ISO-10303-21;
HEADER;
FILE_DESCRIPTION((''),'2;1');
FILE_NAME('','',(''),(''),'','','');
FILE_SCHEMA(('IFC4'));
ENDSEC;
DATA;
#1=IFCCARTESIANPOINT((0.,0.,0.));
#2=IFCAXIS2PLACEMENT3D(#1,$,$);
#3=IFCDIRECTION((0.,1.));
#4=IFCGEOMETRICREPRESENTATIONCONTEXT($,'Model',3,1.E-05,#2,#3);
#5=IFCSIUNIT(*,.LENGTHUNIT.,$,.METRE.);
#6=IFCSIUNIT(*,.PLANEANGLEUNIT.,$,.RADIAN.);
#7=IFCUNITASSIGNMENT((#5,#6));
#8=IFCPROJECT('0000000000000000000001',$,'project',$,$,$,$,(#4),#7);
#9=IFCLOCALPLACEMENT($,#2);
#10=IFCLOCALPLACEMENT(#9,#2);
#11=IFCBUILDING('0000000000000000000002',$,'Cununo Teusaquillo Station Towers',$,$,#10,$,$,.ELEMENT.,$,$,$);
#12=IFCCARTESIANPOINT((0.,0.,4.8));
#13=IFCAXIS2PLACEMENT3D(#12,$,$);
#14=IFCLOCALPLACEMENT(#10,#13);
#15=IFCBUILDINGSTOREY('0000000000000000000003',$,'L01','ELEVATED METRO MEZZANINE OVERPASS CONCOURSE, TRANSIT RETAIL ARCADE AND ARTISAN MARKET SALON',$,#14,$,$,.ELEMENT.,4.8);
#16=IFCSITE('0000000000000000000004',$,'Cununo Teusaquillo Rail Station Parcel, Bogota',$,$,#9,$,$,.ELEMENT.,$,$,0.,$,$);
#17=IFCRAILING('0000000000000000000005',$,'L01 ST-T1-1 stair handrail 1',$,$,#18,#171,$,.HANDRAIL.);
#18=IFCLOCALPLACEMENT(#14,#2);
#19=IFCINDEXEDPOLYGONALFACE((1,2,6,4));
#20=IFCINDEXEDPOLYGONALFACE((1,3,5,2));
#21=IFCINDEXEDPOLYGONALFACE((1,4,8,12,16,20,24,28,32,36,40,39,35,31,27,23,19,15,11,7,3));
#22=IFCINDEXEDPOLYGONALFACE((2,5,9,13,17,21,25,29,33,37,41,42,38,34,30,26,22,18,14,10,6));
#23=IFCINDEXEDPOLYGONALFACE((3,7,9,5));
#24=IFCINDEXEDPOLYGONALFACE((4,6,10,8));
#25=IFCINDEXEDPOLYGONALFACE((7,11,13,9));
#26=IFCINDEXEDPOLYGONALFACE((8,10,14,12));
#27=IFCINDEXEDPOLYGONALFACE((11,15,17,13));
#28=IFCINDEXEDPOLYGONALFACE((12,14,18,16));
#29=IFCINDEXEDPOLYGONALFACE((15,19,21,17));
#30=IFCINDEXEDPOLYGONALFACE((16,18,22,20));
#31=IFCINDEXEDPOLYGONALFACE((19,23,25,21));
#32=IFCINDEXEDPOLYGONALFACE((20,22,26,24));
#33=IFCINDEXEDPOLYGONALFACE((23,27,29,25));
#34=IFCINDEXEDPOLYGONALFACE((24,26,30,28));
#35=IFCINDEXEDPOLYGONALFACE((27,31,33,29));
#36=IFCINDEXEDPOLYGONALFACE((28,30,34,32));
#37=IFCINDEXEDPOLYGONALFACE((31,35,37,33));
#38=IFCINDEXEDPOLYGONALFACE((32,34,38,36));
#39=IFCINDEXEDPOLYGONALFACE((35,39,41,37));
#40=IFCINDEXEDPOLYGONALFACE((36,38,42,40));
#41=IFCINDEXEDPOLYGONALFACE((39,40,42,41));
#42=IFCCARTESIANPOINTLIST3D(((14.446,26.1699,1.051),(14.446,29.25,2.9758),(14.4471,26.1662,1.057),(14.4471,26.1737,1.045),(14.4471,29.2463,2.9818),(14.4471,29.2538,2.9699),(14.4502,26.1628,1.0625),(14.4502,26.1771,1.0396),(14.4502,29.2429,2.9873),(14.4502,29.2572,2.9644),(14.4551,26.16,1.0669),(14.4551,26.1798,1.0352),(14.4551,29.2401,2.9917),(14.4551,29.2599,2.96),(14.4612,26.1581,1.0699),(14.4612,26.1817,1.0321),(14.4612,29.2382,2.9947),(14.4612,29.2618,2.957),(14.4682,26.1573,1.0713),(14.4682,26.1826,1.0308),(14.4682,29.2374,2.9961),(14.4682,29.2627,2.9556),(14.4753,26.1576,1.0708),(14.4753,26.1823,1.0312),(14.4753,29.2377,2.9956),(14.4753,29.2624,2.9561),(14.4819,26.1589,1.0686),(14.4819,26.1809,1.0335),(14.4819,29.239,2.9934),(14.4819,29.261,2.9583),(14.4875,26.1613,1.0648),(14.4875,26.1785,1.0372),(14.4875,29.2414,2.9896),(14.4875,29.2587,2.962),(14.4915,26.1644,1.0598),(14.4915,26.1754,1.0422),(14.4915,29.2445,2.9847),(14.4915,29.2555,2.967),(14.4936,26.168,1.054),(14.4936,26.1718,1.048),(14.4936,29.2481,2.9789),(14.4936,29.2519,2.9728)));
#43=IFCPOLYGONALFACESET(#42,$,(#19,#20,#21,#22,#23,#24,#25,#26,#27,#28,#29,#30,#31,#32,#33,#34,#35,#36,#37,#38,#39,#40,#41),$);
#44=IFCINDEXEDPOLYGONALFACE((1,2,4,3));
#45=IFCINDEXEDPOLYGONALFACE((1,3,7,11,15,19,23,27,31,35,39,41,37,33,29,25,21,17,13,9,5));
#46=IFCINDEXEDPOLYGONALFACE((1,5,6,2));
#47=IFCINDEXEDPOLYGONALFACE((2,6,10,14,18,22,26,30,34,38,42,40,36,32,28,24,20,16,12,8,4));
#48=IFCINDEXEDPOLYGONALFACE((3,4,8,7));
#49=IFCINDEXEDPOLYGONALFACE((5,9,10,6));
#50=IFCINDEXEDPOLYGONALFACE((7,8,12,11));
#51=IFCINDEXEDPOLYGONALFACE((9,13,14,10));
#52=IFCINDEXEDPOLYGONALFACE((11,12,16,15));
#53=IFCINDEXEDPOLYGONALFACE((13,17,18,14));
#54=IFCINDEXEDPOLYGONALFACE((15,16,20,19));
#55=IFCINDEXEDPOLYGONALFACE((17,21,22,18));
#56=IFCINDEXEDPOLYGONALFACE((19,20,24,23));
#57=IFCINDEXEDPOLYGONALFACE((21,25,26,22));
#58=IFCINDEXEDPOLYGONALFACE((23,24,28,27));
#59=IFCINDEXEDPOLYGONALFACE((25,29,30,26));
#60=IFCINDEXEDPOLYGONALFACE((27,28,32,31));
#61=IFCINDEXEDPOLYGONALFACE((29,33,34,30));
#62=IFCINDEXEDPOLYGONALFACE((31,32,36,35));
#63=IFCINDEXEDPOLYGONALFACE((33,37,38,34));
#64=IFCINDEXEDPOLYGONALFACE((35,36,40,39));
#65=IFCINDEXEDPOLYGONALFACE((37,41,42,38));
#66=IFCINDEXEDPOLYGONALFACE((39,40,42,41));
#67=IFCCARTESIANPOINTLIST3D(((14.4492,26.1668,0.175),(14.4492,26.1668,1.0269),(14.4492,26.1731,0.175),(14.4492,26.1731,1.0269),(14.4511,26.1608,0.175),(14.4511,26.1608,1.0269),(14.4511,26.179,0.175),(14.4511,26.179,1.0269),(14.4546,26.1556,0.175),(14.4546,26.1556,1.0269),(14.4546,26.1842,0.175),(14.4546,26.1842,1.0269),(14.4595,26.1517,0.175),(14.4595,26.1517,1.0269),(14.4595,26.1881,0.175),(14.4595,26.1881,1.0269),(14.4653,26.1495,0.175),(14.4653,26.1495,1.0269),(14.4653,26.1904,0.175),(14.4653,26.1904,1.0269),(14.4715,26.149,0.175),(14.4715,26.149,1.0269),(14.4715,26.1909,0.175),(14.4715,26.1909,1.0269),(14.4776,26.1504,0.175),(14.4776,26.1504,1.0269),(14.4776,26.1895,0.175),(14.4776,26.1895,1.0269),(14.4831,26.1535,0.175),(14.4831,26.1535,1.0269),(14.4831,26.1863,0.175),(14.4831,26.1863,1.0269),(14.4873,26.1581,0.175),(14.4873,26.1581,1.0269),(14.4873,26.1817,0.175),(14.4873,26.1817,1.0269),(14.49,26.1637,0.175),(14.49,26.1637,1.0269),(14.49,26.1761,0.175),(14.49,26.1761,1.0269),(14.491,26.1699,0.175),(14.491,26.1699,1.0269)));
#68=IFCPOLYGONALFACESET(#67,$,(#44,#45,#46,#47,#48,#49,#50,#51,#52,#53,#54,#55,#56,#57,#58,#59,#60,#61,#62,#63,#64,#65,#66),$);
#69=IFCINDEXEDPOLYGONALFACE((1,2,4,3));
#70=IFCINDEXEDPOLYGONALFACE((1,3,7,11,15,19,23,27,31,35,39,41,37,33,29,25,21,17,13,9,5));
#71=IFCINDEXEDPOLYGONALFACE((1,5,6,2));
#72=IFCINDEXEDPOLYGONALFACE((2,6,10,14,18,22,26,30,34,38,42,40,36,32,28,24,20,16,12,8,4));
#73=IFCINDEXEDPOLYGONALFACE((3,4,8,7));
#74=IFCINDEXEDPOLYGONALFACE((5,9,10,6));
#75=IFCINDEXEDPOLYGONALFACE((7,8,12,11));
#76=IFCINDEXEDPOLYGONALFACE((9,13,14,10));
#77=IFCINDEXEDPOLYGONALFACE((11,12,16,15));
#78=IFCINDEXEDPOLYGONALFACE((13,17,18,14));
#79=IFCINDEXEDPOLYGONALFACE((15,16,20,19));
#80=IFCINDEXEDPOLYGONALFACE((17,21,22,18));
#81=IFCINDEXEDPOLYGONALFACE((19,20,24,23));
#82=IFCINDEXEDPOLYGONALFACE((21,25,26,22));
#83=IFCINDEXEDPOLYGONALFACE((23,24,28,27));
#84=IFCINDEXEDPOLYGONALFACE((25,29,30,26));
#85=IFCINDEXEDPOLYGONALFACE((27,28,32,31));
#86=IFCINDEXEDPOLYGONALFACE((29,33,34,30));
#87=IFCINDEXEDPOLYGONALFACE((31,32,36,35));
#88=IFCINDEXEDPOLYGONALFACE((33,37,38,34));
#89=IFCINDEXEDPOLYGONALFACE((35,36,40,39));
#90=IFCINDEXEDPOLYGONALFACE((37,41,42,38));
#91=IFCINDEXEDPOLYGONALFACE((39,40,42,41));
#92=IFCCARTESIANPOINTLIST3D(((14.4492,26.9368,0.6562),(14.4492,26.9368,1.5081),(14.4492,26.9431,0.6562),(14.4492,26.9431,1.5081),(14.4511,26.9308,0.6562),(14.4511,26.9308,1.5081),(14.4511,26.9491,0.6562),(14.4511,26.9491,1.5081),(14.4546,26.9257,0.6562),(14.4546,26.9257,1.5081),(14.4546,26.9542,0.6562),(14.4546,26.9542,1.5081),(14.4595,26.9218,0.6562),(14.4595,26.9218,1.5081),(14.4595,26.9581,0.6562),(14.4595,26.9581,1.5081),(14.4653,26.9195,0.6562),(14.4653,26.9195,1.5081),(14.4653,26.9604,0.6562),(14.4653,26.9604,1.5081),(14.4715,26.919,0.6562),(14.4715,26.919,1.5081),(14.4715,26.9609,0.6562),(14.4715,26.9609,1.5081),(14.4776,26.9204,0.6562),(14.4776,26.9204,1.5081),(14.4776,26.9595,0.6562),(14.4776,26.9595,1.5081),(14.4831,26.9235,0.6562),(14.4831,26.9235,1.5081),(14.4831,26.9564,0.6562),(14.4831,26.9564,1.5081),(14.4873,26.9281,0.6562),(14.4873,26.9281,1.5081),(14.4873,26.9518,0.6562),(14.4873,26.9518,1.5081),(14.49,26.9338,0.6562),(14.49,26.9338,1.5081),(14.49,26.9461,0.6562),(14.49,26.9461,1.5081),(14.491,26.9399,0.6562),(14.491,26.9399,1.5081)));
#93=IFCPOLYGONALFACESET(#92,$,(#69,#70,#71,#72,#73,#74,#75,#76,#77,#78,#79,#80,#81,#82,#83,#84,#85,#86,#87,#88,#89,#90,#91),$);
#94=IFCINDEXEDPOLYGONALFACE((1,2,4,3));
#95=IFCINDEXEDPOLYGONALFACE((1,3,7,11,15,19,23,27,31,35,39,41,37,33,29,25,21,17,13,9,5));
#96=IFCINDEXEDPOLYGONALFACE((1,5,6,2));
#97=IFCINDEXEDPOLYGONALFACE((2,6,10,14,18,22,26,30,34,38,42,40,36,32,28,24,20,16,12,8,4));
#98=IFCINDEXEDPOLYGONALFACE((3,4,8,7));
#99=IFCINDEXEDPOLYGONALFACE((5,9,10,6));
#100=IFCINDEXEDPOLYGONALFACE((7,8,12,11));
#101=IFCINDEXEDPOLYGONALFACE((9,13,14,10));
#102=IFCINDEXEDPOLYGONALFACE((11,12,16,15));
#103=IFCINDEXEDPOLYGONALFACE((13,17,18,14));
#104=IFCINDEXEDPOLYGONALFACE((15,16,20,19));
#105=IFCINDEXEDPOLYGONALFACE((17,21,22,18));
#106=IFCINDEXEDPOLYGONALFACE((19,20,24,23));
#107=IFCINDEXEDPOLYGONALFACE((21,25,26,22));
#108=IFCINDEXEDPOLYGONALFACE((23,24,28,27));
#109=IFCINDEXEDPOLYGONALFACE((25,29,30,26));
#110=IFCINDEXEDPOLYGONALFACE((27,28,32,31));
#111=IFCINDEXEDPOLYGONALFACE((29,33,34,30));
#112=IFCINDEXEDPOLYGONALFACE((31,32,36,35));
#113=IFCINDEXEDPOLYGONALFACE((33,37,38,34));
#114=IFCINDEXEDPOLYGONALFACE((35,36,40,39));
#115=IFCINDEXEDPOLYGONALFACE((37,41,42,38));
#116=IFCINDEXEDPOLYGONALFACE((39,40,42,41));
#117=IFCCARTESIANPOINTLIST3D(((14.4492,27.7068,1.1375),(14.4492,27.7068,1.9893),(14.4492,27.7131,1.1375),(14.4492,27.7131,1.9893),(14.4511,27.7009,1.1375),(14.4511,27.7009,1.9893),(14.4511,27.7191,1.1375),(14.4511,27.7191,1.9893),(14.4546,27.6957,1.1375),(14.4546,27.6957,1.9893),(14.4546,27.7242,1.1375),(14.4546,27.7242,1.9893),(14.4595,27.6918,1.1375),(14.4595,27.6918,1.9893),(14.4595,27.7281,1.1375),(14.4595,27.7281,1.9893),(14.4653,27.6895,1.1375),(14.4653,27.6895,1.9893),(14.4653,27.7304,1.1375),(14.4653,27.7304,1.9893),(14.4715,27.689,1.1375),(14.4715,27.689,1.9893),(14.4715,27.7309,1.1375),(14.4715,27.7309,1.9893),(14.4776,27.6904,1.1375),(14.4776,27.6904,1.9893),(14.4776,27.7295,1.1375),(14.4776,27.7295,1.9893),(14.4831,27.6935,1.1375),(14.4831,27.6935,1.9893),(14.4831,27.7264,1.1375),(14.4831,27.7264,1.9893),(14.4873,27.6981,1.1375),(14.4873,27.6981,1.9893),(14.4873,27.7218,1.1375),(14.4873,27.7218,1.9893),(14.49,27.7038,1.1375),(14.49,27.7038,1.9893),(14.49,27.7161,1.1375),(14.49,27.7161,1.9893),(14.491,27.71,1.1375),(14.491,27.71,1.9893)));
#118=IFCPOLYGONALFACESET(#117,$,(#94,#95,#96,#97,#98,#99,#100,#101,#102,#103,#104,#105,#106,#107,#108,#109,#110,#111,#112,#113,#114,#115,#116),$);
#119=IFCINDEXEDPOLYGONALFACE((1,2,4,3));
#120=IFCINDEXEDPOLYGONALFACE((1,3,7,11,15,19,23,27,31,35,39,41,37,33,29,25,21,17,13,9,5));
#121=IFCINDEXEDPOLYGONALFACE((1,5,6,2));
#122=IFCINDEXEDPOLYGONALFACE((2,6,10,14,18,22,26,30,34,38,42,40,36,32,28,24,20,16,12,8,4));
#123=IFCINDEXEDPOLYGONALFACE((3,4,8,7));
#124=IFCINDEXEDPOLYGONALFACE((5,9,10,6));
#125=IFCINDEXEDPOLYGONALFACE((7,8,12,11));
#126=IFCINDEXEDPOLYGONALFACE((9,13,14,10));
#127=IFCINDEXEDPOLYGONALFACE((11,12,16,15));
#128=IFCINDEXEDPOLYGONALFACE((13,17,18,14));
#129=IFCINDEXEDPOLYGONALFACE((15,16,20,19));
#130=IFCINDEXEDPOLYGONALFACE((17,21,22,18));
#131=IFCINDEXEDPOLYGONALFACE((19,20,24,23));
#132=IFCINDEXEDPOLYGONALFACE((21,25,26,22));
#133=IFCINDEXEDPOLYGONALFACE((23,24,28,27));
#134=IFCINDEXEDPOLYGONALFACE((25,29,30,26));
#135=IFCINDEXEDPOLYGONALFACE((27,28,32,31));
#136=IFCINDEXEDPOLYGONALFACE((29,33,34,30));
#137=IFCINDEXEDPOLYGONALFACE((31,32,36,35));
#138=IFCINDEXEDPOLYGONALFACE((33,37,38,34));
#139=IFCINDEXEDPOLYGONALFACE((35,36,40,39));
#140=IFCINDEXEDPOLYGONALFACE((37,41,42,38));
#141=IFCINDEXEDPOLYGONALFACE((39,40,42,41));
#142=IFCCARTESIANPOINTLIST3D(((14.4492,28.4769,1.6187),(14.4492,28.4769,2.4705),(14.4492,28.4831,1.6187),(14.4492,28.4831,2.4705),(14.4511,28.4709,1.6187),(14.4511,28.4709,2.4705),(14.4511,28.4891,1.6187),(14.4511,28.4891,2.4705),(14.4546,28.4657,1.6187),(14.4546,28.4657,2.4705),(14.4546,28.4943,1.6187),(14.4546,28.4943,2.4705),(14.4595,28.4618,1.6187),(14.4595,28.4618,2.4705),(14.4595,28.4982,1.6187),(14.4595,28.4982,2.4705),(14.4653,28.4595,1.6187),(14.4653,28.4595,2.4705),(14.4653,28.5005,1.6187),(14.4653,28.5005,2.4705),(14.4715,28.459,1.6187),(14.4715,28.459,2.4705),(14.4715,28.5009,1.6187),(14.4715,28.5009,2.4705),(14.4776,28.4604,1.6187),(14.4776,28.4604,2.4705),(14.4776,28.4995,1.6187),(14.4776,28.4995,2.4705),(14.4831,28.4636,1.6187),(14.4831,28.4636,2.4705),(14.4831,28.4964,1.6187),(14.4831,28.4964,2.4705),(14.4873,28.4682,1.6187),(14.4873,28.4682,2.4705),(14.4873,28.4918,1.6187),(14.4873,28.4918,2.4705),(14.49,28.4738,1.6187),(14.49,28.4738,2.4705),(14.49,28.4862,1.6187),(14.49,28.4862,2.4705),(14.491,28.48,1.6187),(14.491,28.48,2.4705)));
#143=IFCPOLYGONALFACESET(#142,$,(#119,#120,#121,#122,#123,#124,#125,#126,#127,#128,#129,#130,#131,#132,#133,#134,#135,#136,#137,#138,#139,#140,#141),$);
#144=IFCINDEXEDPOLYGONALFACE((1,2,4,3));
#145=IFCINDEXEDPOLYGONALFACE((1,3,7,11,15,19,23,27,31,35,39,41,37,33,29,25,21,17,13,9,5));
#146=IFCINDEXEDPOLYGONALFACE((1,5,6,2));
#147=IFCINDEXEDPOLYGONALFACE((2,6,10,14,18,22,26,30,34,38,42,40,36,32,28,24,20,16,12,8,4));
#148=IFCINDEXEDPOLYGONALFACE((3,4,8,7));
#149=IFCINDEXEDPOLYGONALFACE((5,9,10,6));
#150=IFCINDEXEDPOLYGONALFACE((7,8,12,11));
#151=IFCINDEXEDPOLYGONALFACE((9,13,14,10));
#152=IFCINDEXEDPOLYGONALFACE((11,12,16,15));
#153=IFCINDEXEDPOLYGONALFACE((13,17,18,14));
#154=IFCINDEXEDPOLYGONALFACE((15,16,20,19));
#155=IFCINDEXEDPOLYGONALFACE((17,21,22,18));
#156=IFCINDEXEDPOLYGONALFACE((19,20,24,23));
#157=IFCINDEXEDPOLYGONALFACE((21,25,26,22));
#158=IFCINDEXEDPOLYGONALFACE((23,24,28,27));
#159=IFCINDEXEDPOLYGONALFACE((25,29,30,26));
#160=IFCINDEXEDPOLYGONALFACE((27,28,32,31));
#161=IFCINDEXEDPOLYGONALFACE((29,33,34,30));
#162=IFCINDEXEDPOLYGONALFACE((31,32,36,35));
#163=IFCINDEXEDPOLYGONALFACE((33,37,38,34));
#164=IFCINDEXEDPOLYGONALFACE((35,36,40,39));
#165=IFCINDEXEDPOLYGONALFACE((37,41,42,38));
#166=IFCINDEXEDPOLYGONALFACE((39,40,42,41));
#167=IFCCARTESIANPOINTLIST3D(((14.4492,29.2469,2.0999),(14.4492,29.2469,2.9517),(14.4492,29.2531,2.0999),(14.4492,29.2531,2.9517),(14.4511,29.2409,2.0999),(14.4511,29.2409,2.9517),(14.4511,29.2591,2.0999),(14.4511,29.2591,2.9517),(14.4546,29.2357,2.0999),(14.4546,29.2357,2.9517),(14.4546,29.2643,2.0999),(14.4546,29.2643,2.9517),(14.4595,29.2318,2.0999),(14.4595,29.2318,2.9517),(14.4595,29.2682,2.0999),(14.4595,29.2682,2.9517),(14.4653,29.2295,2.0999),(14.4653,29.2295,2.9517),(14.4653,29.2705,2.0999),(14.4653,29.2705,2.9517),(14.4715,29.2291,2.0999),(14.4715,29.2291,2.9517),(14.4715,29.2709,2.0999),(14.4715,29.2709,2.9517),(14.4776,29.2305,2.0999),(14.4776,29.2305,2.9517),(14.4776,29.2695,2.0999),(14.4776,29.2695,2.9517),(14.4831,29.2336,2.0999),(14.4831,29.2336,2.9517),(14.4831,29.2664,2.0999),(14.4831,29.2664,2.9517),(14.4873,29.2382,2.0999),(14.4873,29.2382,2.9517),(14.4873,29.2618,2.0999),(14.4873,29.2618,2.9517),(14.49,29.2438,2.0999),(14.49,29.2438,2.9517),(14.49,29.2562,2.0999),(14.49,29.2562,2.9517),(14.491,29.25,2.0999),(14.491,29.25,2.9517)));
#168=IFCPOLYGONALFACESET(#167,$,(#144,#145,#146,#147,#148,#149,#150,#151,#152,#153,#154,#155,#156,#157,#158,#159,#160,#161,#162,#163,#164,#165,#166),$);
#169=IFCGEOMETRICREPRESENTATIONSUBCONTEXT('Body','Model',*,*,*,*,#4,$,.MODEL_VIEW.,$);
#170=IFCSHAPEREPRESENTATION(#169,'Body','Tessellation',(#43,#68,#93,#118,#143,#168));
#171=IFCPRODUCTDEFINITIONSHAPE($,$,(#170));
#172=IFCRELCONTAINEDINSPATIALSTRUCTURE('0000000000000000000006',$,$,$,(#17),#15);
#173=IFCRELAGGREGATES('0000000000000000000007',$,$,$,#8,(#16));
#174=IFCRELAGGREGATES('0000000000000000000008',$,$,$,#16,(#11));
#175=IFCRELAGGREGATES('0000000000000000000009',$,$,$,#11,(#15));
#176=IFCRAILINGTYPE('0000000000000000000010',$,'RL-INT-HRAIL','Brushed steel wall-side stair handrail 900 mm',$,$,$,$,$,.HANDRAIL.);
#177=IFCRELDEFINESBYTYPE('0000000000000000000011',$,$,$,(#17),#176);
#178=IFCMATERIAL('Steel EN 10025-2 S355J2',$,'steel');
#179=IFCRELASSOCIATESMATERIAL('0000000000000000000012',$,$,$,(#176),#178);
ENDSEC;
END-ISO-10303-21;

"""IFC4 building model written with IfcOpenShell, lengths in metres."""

from ifc_helpers import new_model, si_unit, direction, frame, origin, origin_2d, place, context, subcontext, project, spatial, circle, extrude, material, type_object, element, save


model = new_model("IFC4")

# Units and contexts
model_context = context("Model", 3, precision=1e-05, world=origin(), true_north=direction((0.0, 1.0)))
body_context = subcontext(model_context, "Body", "Model", "MODEL_VIEW")
ifc_project = project(units=[si_unit("LENGTHUNIT", "METRE"), si_unit("PLANEANGLEUNIT", "RADIAN")], contexts=[model_context])

# Site, building, storey
site_placement = place(None, origin())
site = spatial("IfcSite", under=ifc_project, at=site_placement, Name="Cununo Teusaquillo Rail Station Parcel, Bogota", CompositionType="ELEMENT", RefElevation=0.0)
building_placement = place(site_placement, origin())
building = spatial("IfcBuilding", under=site, at=building_placement, Name="Cununo Teusaquillo Station Towers", CompositionType="ELEMENT")
storey_placement = place(building_placement, frame((0.0, 0.0, 4.8)))
storey = spatial("IfcBuildingStorey", under=building, at=storey_placement, Name="L01", Description="ELEVATED METRO MEZZANINE OVERPASS CONCOURSE, TRANSIT RETAIL ARCADE AND ARTISAN MARKET SALON", CompositionType="ELEMENT", Elevation=4.8)

# Railing
ifc_material_1 = material(Name="Steel EN 10025-2 S355J2", Category="steel")
railing_type_1 = type_object("IfcRailingType", Name="RL-INT-HRAIL", Description="Brushed steel wall-side stair handrail 900 mm", PredefinedType="HANDRAIL", material=ifc_material_1)
railing_1_placement = place(storey_placement, frame((14.47, 26.1699, 0.175)))
element("IfcRailing", 1, at=railing_1_placement, inside=storey, type_object=railing_type_1, Name="L01 ST-T1-1 stair handrail 1", PredefinedType="HANDRAIL", context=body_context, shape_type="SweptSolid", body=[
    extrude(circle(Radius=0.0239, at=origin_2d()), frame((0.0, 0.0, 0.876), z_axis=(0.0, 0.848029, 0.529951), x_axis=(-1.0, 0.0, 0.0)), (0.0, 0.0, 1.0), 3.6321),
    extrude(circle(Radius=0.021, at=origin_2d()), origin(), (0.0, 0.0, 1.0), 0.8518),
    extrude(circle(Radius=0.021, at=origin_2d()), frame((0.0, 0.77, 0.4812)), (0.0, 0.0, 1.0), 0.8518),
    extrude(circle(Radius=0.021, at=origin_2d()), frame((0.0, 1.54, 0.9624)), (0.0, 0.0, 1.0), 0.8518),
    extrude(circle(Radius=0.021, at=origin_2d()), frame((0.0, 2.3101, 1.4436)), (0.0, 0.0, 1.0), 0.8518),
    extrude(circle(Radius=0.021, at=origin_2d()), frame((0.0, 3.0801, 1.9248)), (0.0, 0.0, 1.0), 0.8518),
])

save(model, "model.ifc")
